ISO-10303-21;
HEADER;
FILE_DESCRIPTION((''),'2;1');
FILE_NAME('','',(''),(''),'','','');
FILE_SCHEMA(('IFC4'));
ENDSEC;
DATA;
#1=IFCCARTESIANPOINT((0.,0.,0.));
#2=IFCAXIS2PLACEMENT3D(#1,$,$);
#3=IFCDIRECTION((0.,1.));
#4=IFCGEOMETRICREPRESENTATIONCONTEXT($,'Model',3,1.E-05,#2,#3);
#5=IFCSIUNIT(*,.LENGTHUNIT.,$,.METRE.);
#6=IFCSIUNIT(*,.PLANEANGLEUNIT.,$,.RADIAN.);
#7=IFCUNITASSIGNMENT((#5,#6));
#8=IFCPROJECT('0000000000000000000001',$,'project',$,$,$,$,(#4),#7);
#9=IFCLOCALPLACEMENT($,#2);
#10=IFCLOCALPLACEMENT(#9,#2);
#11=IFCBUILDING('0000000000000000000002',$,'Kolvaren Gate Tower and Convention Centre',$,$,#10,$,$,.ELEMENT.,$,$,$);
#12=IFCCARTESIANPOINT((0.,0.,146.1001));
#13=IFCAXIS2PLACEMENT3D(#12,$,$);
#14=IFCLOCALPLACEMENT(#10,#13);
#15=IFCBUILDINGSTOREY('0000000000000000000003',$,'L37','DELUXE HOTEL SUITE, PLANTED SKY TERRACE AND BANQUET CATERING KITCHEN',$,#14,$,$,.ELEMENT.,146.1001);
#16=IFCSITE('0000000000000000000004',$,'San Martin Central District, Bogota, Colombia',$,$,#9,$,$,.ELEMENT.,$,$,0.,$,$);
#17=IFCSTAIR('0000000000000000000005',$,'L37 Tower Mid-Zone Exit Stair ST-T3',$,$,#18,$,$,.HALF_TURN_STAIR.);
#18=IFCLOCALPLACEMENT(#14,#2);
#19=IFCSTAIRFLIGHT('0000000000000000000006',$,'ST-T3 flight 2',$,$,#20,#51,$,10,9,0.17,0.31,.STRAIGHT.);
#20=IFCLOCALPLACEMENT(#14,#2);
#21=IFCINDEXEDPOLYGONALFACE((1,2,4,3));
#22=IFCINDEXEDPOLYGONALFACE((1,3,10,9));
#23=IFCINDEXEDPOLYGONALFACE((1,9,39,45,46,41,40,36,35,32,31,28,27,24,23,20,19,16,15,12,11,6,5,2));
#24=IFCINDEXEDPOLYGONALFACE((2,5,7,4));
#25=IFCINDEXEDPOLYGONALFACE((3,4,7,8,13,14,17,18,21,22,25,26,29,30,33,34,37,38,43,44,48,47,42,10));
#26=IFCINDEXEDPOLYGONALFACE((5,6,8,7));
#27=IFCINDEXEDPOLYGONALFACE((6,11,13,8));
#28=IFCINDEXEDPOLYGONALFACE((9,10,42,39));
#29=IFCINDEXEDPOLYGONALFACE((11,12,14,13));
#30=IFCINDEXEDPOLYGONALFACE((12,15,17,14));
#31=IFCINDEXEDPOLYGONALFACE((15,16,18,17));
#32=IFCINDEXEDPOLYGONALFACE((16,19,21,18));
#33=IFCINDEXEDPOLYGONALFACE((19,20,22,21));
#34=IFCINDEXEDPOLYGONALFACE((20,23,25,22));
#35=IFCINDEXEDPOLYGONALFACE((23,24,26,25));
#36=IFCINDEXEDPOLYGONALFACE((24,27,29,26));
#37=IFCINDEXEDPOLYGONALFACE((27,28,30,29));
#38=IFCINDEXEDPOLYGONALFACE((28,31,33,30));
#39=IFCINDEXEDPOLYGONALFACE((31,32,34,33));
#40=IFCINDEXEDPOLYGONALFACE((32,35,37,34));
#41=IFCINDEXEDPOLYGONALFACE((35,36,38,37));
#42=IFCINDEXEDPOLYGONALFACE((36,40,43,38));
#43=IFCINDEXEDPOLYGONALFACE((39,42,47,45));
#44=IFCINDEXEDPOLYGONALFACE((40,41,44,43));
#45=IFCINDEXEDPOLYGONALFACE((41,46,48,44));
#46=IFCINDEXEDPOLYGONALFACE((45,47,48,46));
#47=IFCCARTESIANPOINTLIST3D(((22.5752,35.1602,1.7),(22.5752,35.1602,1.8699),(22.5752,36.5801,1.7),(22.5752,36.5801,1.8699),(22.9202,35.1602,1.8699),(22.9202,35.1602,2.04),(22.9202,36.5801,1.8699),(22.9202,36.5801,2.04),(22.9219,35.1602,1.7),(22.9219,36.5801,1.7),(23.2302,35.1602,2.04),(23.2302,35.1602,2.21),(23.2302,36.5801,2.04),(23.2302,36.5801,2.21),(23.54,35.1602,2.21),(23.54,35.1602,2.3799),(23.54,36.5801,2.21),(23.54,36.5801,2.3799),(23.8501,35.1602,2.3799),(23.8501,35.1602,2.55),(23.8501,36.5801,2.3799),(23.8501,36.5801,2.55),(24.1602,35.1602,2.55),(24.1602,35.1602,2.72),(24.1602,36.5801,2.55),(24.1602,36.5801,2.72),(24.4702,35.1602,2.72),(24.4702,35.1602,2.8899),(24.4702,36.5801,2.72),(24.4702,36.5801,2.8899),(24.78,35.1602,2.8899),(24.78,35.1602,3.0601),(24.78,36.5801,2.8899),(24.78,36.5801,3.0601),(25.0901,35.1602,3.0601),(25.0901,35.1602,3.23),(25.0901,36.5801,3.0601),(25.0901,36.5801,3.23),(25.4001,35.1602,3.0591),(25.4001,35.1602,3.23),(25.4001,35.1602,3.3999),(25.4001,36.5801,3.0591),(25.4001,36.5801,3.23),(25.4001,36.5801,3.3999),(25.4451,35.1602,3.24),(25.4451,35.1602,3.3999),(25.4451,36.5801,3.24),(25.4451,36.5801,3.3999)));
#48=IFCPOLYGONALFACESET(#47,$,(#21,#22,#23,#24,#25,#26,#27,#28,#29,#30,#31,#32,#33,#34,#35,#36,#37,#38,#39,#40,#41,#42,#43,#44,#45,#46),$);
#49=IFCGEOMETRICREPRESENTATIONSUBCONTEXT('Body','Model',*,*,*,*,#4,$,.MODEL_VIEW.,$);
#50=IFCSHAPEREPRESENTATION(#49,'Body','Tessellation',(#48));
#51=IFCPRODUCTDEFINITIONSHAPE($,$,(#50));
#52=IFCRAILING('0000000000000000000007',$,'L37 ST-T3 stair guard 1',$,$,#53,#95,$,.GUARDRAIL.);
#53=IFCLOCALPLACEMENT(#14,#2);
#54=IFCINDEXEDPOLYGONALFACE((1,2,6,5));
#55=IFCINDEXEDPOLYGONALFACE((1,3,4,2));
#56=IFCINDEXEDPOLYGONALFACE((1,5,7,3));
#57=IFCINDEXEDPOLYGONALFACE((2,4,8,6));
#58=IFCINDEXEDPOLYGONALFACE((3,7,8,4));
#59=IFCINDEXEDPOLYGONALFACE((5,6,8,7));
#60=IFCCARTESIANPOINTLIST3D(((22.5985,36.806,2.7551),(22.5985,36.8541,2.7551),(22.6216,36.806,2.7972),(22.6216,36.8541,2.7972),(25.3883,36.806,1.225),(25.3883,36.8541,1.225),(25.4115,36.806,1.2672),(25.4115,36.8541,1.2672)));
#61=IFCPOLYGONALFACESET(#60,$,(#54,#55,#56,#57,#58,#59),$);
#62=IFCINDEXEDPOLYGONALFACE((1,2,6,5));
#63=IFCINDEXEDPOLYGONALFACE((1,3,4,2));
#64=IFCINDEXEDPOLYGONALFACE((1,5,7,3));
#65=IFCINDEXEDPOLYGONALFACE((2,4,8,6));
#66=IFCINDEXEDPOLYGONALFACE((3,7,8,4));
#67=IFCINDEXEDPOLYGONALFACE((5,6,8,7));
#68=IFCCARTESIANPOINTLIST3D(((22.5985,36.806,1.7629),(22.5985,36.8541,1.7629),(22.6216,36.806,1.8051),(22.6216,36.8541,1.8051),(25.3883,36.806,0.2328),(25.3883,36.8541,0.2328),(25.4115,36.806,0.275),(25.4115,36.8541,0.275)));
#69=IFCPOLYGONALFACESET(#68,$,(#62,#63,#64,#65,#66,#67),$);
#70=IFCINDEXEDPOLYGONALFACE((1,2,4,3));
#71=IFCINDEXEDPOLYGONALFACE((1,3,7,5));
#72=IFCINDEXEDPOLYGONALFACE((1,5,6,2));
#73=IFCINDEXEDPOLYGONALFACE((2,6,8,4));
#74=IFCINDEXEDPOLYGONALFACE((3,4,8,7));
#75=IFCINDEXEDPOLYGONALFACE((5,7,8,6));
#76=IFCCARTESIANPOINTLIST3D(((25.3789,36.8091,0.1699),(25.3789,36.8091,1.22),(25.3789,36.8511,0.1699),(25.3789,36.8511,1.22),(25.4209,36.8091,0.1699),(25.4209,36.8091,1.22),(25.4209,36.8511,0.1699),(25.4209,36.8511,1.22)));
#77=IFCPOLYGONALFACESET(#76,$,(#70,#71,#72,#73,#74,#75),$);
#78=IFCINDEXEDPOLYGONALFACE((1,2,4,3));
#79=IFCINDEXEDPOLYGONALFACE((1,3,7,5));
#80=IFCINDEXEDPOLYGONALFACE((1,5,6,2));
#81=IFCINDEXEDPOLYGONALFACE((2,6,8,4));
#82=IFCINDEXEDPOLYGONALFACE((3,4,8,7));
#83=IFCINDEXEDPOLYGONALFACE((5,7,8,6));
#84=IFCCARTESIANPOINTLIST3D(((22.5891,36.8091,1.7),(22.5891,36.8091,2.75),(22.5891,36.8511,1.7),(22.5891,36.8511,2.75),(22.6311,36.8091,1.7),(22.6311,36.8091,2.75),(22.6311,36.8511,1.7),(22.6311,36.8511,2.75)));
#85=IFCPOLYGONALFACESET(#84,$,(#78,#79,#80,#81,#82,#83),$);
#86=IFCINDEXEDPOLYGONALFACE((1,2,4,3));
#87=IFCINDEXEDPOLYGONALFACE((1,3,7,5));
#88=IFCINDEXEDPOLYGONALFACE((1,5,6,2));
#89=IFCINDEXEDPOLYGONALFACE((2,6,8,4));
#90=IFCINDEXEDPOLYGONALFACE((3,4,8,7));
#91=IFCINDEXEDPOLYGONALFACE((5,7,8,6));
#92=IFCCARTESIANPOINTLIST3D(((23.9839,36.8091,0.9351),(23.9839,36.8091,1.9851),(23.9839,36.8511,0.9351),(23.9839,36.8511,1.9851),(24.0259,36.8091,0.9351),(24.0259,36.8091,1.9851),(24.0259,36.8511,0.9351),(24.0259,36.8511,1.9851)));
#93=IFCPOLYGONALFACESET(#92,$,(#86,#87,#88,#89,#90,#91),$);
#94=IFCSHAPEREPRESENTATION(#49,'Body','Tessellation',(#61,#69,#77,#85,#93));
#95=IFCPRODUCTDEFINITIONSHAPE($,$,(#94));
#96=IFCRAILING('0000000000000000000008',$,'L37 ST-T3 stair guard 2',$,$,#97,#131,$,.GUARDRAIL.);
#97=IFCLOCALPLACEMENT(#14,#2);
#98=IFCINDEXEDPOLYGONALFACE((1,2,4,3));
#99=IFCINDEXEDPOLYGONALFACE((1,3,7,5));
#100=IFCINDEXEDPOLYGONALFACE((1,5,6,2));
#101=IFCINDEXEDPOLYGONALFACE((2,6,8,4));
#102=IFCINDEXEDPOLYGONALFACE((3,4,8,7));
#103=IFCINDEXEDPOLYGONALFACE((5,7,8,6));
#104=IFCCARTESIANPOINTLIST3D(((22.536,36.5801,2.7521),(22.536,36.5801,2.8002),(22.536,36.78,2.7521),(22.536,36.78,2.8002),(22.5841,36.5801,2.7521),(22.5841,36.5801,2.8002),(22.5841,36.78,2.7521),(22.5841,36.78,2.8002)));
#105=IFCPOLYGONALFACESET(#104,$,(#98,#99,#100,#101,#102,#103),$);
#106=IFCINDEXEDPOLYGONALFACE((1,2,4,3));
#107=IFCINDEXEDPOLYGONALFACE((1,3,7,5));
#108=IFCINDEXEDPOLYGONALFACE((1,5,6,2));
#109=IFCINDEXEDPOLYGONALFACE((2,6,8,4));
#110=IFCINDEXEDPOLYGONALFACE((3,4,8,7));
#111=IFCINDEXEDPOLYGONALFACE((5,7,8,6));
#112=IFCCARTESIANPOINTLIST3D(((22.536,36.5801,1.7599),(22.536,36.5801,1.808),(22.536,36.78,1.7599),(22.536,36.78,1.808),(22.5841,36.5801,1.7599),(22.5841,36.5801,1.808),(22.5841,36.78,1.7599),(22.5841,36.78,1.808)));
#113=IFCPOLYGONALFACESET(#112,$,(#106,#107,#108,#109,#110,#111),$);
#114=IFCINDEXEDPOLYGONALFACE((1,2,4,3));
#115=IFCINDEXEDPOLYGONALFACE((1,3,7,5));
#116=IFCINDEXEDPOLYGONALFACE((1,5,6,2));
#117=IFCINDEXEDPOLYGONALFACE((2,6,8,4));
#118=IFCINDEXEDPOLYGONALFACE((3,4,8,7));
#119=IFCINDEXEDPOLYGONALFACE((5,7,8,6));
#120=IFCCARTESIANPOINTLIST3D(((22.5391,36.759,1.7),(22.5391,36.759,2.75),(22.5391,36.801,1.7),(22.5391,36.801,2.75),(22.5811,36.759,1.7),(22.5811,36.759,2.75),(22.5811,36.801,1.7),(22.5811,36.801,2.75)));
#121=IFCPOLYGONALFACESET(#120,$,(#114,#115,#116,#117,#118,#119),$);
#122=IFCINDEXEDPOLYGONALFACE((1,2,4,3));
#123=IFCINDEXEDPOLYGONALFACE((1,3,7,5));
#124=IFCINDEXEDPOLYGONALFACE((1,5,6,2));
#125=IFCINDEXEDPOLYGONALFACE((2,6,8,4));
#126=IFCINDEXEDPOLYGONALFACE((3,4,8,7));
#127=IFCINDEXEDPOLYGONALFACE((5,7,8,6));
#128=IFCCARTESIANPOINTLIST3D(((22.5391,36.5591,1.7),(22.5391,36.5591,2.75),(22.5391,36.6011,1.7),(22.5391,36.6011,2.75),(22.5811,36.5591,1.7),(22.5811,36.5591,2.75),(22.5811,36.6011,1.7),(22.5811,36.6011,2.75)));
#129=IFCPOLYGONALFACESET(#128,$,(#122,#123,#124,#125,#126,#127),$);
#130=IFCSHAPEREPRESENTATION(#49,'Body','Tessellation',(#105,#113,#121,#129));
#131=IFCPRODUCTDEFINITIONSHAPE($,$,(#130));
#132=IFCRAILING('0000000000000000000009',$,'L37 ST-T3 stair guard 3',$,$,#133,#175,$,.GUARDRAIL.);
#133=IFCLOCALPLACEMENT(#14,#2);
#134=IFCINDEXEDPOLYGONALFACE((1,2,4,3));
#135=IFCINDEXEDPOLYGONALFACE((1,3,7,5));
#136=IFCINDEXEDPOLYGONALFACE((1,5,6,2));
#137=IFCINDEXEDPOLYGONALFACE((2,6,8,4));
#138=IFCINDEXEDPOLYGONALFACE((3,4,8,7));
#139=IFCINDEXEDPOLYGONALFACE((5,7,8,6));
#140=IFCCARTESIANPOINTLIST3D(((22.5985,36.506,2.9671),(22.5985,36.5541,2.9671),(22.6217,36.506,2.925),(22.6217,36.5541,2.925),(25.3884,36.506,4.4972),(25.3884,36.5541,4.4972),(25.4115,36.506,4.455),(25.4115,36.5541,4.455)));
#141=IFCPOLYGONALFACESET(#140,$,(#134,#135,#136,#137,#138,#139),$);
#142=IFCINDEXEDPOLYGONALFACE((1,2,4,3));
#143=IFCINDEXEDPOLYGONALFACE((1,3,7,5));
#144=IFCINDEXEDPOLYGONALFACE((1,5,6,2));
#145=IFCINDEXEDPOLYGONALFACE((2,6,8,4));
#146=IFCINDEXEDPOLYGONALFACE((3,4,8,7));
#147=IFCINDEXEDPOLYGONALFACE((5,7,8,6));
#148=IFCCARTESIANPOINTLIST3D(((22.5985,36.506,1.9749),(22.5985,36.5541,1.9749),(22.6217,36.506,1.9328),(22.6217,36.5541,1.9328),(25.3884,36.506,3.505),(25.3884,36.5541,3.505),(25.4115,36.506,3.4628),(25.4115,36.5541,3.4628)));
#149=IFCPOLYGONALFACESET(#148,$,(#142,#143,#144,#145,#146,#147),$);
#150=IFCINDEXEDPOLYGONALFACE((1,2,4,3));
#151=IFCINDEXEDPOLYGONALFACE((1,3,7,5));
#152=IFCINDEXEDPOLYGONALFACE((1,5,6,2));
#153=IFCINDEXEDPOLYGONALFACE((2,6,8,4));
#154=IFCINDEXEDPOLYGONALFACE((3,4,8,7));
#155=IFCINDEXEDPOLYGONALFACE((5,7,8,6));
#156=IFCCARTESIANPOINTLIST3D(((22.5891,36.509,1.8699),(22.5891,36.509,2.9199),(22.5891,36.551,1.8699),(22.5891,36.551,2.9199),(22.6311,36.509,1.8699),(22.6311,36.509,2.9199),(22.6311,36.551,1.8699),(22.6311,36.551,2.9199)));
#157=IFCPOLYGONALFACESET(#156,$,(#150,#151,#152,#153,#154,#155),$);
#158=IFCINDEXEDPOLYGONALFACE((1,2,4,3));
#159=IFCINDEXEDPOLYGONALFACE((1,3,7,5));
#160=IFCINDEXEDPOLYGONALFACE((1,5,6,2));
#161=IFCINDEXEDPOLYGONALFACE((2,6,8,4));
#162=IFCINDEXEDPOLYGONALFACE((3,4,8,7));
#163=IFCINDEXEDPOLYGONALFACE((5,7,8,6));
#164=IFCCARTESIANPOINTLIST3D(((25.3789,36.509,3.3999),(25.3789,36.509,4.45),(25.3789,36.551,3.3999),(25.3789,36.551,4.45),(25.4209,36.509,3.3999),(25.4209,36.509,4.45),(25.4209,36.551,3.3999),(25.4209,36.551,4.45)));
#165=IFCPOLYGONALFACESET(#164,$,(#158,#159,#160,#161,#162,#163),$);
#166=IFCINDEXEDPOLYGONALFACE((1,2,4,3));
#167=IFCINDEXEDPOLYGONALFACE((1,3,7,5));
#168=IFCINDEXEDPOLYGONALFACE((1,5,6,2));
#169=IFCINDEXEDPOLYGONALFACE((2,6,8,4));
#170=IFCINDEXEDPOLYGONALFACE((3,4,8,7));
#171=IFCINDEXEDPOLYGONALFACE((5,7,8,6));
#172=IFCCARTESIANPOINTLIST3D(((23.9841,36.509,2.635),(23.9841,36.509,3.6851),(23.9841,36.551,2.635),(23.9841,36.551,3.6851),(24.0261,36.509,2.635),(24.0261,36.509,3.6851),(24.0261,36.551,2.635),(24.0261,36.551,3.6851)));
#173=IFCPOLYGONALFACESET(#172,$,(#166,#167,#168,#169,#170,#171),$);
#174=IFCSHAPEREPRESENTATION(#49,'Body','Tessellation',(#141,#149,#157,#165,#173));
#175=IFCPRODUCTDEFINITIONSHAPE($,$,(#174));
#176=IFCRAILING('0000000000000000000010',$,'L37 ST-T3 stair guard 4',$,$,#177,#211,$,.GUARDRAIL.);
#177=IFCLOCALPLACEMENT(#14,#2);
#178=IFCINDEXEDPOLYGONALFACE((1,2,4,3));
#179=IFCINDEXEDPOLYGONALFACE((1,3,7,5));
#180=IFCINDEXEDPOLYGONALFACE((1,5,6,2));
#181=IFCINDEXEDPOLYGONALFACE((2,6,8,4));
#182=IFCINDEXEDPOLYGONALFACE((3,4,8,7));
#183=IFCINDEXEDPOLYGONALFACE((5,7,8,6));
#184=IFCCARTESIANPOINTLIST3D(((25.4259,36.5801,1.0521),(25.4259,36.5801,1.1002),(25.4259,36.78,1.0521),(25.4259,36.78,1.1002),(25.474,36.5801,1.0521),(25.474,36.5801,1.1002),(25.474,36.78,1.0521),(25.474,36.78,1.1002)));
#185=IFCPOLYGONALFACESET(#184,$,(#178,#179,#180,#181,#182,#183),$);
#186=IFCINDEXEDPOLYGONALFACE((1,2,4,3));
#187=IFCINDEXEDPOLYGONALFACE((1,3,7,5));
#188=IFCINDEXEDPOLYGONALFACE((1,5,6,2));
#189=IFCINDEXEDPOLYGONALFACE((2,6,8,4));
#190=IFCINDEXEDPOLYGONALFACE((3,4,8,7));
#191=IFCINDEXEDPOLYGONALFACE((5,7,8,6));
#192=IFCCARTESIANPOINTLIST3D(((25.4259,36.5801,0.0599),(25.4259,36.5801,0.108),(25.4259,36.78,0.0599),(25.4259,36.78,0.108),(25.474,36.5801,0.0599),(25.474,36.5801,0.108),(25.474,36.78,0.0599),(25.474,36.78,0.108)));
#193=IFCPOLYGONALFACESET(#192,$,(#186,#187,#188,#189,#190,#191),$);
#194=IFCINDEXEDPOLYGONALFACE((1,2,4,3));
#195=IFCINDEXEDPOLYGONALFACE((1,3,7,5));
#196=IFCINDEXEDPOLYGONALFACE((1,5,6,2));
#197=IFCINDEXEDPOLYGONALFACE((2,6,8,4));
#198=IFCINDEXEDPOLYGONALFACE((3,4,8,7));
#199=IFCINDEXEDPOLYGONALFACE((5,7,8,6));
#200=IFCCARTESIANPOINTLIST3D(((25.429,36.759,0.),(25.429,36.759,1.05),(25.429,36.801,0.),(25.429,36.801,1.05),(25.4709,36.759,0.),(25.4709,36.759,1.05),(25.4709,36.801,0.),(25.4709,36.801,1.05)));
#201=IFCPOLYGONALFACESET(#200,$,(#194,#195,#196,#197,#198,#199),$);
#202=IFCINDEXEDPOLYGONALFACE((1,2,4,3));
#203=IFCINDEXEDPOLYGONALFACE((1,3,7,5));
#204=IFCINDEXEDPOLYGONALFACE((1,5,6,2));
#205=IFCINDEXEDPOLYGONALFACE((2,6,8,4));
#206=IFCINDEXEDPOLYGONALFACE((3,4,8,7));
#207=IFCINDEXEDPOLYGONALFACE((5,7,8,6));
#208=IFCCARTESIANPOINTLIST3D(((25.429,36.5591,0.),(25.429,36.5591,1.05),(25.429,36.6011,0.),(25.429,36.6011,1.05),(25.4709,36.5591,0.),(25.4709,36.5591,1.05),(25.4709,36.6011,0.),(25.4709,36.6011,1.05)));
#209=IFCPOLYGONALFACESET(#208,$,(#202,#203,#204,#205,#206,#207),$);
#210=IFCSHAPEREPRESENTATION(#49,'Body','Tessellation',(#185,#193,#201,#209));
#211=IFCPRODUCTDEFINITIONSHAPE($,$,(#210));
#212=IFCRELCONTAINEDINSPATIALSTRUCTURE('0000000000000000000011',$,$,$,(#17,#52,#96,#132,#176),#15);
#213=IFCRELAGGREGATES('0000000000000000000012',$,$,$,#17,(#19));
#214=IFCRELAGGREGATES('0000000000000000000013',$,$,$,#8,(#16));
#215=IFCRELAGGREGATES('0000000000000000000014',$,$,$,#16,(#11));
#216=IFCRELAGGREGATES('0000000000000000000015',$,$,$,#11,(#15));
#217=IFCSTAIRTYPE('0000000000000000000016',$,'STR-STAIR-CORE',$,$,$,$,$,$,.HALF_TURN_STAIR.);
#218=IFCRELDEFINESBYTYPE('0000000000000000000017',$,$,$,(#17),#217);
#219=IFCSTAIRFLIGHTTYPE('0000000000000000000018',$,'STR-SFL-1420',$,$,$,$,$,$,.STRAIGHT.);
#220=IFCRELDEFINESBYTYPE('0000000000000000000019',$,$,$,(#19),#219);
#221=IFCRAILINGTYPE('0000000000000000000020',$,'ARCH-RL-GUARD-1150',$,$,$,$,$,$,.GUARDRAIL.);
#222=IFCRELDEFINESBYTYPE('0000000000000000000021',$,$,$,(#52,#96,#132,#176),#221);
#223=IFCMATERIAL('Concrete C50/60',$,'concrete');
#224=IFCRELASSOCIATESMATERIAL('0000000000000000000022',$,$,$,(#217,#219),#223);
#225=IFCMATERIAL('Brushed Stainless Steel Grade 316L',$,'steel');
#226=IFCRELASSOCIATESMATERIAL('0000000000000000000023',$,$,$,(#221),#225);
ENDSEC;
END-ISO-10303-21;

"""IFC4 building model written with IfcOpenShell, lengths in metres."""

from ifc_helpers import new_model, si_unit, direction, frame, origin, origin_2d, place, context, subcontext, project, spatial, polyline, rectangle, outline, extrude, material, type_object, element, aggregate, save


model = new_model("IFC4")

# Units and contexts
model_context = context("Model", 3, precision=1e-05, world=origin(), true_north=direction((0.0, 1.0)))
body_context = subcontext(model_context, "Body", "Model", "MODEL_VIEW")
ifc_project = project(units=[si_unit("LENGTHUNIT", "METRE"), si_unit("PLANEANGLEUNIT", "RADIAN")], contexts=[model_context])

# Site, building, storey
site_placement = place(None, origin())
site = spatial("IfcSite", under=ifc_project, at=site_placement, Name="San Martin Central District, Bogota, Colombia", CompositionType="ELEMENT", RefElevation=0.0)
building_placement = place(site_placement, origin())
building = spatial("IfcBuilding", under=site, at=building_placement, Name="Kolvaren Gate Tower and Convention Centre", CompositionType="ELEMENT")
storey_placement = place(building_placement, frame((0.0, 0.0, 146.1001)))
storey = spatial("IfcBuildingStorey", under=building, at=storey_placement, Name="L37", Description="DELUXE HOTEL SUITE, PLANTED SKY TERRACE AND BANQUET CATERING KITCHEN", CompositionType="ELEMENT", Elevation=146.1001)

# Shared definitions
ifc_material_1 = material(Name="Concrete C50/60", Category="concrete")

# Stair, stair flight
stair_type = type_object("IfcStairType", Name="STR-STAIR-CORE", PredefinedType="HALF_TURN_STAIR", material=ifc_material_1)
stair_placement = place(storey_placement, origin())
stair = element("IfcStair", 1, at=stair_placement, inside=storey, type_object=stair_type, Name="L37 Tower Mid-Zone Exit Stair ST-T3", PredefinedType="HALF_TURN_STAIR")
stair_flight_type = type_object("IfcStairFlightType", Name="STR-SFL-1420", PredefinedType="STRAIGHT", material=ifc_material_1)
stair_flight_1_placement = place(storey_placement, frame((22.6101, 35.8701, 1.7), z_axis=(0.0, 0.0, 1.0), x_axis=(1.0, 0.0, 0.0)))
stair_flight_1 = element("IfcStairFlight", 2, at=stair_flight_1_placement, type_object=stair_flight_type, Name="ST-T3 flight 2", NumberOfRisers=10, NumberOfTreads=9, PredefinedType="STRAIGHT", RiserHeight=0.17, TreadLength=0.31, context=body_context, shape_type="SweptSolid", body=[
    extrude(outline(polyline([(-0.0349, 0.0), (-0.0349, 0.1699), (0.3101, 0.1699), (0.3101, 0.3401), (0.6201, 0.3401), (0.6201, 0.51), (0.9299, 0.51), (0.9299, 0.6799), (1.24, 0.6799), (1.24, 0.8501), (1.55, 0.8501), (1.55, 1.02), (1.8601, 1.02), (1.8601, 1.1899), (2.1699, 1.1899), (2.1699, 1.3601), (2.48, 1.3601), (2.48, 1.53), (2.79, 1.53), (2.79, 1.7), (2.835, 1.7), (2.835, 1.54), (2.79, 1.3591), (0.3118, 0.0), (-0.0349, 0.0)])), frame((0.0, 0.71, 0.0), z_axis=(0.0, -1.0, 0.0), x_axis=(1.0, 0.0, 0.0)), (0.0, 0.0, 1.0), 1.4199),
])
aggregate(stair, [stair_flight_1])

# Railings
ifc_material_2 = material(Name="Brushed Stainless Steel Grade 316L", Category="steel")
railing_type_1 = type_object("IfcRailingType", Name="ARCH-RL-GUARD-1150", PredefinedType="GUARDRAIL", material=ifc_material_2)
railing_1_placement = place(storey_placement, frame((25.3999, 36.8301, 0.1699)))
element("IfcRailing", 3, at=railing_1_placement, inside=storey, type_object=railing_type_1, Name="L37 ST-T3 stair guard 1", PredefinedType="GUARDRAIL", context=body_context, shape_type="SweptSolid", body=[
    extrude(rectangle(XDim=0.0481, YDim=0.0481, at=origin_2d()), frame((0.0, 0.0, 1.0762), z_axis=(-0.876794, 0.0, 0.480867), x_axis=(0.0, -1.0, 0.0)), (0.0, 0.0, 1.0), 3.1819),
    extrude(rectangle(XDim=0.0481, YDim=0.0481, at=origin_2d()), frame((0.0, 0.0, 0.084), z_axis=(-0.876794, 0.0, 0.480867), x_axis=(0.0, -1.0, 0.0)), (0.0, 0.0, 1.0), 3.1819),
    extrude(rectangle(XDim=0.042, YDim=0.042, at=origin_2d()), origin(), (0.0, 0.0, 1.0), 1.05),
    extrude(rectangle(XDim=0.042, YDim=0.042, at=origin_2d()), frame((-2.7898, 0.0, 1.53)), (0.0, 0.0, 1.0), 1.05),
    extrude(rectangle(XDim=0.042, YDim=0.042, at=origin_2d()), frame((-1.395, 0.0, 0.7651)), (0.0, 0.0, 1.0), 1.05),
])
railing_2_placement = place(storey_placement, frame((22.5601, 36.78, 1.7)))
element("IfcRailing", 4, at=railing_2_placement, inside=storey, type_object=railing_type_1, Name="L37 ST-T3 stair guard 2", PredefinedType="GUARDRAIL", context=body_context, shape_type="SweptSolid", body=[
    extrude(rectangle(XDim=0.0481, YDim=0.0481, at=origin_2d()), frame((0.0, 0.0, 1.0762), z_axis=(0.0, -1.0, 0.0), x_axis=(1.0, 0.0, 0.0)), (0.0, 0.0, 1.0), 0.2),
    extrude(rectangle(XDim=0.0481, YDim=0.0481, at=origin_2d()), frame((0.0, 0.0, 0.084), z_axis=(0.0, -1.0, 0.0), x_axis=(1.0, 0.0, 0.0)), (0.0, 0.0, 1.0), 0.2),
    extrude(rectangle(XDim=0.042, YDim=0.042, at=origin_2d()), origin(), (0.0, 0.0, 1.0), 1.05),
    extrude(rectangle(XDim=0.042, YDim=0.042, at=origin_2d()), frame((0.0, -0.2, 0.0)), (0.0, 0.0, 1.0), 1.05),
])
railing_3_placement = place(storey_placement, frame((22.6101, 36.53, 1.8699)))
element("IfcRailing", 5, at=railing_3_placement, inside=storey, type_object=railing_type_1, Name="L37 ST-T3 stair guard 3", PredefinedType="GUARDRAIL", context=body_context, shape_type="SweptSolid", body=[
    extrude(rectangle(XDim=0.0481, YDim=0.0481, at=origin_2d()), frame((0.0, 0.0, 1.0762), z_axis=(0.876794, 0.0, 0.480867), x_axis=(0.0, 1.0, 0.0)), (0.0, 0.0, 1.0), 3.1819),
    extrude(rectangle(XDim=0.0481, YDim=0.0481, at=origin_2d()), frame((0.0, 0.0, 0.084), z_axis=(0.876794, 0.0, 0.480867), x_axis=(0.0, 1.0, 0.0)), (0.0, 0.0, 1.0), 3.1819),
    extrude(rectangle(XDim=0.042, YDim=0.042, at=origin_2d()), origin(), (0.0, 0.0, 1.0), 1.05),
    extrude(rectangle(XDim=0.042, YDim=0.042, at=origin_2d()), frame((2.7898, 0.0, 1.53)), (0.0, 0.0, 1.0), 1.05),
    extrude(rectangle(XDim=0.042, YDim=0.042, at=origin_2d()), frame((1.395, 0.0, 0.7651)), (0.0, 0.0, 1.0), 1.05),
])
railing_4_placement = place(storey_placement, frame((25.45, 36.78, 0.0)))
element("IfcRailing", 6, at=railing_4_placement, inside=storey, type_object=railing_type_1, Name="L37 ST-T3 stair guard 4", PredefinedType="GUARDRAIL", context=body_context, shape_type="SweptSolid", body=[
    extrude(rectangle(XDim=0.0481, YDim=0.0481, at=origin_2d()), frame((0.0, 0.0, 1.0762), z_axis=(0.0, -1.0, 0.0), x_axis=(1.0, 0.0, 0.0)), (0.0, 0.0, 1.0), 0.2),
    extrude(rectangle(XDim=0.0481, YDim=0.0481, at=origin_2d()), frame((0.0, 0.0, 0.084), z_axis=(0.0, -1.0, 0.0), x_axis=(1.0, 0.0, 0.0)), (0.0, 0.0, 1.0), 0.2),
    extrude(rectangle(XDim=0.042, YDim=0.042, at=origin_2d()), origin(), (0.0, 0.0, 1.0), 1.05),
    extrude(rectangle(XDim=0.042, YDim=0.042, at=origin_2d()), frame((0.0, -0.2, 0.0)), (0.0, 0.0, 1.0), 1.05),
])

save(model, "model.ifc")
